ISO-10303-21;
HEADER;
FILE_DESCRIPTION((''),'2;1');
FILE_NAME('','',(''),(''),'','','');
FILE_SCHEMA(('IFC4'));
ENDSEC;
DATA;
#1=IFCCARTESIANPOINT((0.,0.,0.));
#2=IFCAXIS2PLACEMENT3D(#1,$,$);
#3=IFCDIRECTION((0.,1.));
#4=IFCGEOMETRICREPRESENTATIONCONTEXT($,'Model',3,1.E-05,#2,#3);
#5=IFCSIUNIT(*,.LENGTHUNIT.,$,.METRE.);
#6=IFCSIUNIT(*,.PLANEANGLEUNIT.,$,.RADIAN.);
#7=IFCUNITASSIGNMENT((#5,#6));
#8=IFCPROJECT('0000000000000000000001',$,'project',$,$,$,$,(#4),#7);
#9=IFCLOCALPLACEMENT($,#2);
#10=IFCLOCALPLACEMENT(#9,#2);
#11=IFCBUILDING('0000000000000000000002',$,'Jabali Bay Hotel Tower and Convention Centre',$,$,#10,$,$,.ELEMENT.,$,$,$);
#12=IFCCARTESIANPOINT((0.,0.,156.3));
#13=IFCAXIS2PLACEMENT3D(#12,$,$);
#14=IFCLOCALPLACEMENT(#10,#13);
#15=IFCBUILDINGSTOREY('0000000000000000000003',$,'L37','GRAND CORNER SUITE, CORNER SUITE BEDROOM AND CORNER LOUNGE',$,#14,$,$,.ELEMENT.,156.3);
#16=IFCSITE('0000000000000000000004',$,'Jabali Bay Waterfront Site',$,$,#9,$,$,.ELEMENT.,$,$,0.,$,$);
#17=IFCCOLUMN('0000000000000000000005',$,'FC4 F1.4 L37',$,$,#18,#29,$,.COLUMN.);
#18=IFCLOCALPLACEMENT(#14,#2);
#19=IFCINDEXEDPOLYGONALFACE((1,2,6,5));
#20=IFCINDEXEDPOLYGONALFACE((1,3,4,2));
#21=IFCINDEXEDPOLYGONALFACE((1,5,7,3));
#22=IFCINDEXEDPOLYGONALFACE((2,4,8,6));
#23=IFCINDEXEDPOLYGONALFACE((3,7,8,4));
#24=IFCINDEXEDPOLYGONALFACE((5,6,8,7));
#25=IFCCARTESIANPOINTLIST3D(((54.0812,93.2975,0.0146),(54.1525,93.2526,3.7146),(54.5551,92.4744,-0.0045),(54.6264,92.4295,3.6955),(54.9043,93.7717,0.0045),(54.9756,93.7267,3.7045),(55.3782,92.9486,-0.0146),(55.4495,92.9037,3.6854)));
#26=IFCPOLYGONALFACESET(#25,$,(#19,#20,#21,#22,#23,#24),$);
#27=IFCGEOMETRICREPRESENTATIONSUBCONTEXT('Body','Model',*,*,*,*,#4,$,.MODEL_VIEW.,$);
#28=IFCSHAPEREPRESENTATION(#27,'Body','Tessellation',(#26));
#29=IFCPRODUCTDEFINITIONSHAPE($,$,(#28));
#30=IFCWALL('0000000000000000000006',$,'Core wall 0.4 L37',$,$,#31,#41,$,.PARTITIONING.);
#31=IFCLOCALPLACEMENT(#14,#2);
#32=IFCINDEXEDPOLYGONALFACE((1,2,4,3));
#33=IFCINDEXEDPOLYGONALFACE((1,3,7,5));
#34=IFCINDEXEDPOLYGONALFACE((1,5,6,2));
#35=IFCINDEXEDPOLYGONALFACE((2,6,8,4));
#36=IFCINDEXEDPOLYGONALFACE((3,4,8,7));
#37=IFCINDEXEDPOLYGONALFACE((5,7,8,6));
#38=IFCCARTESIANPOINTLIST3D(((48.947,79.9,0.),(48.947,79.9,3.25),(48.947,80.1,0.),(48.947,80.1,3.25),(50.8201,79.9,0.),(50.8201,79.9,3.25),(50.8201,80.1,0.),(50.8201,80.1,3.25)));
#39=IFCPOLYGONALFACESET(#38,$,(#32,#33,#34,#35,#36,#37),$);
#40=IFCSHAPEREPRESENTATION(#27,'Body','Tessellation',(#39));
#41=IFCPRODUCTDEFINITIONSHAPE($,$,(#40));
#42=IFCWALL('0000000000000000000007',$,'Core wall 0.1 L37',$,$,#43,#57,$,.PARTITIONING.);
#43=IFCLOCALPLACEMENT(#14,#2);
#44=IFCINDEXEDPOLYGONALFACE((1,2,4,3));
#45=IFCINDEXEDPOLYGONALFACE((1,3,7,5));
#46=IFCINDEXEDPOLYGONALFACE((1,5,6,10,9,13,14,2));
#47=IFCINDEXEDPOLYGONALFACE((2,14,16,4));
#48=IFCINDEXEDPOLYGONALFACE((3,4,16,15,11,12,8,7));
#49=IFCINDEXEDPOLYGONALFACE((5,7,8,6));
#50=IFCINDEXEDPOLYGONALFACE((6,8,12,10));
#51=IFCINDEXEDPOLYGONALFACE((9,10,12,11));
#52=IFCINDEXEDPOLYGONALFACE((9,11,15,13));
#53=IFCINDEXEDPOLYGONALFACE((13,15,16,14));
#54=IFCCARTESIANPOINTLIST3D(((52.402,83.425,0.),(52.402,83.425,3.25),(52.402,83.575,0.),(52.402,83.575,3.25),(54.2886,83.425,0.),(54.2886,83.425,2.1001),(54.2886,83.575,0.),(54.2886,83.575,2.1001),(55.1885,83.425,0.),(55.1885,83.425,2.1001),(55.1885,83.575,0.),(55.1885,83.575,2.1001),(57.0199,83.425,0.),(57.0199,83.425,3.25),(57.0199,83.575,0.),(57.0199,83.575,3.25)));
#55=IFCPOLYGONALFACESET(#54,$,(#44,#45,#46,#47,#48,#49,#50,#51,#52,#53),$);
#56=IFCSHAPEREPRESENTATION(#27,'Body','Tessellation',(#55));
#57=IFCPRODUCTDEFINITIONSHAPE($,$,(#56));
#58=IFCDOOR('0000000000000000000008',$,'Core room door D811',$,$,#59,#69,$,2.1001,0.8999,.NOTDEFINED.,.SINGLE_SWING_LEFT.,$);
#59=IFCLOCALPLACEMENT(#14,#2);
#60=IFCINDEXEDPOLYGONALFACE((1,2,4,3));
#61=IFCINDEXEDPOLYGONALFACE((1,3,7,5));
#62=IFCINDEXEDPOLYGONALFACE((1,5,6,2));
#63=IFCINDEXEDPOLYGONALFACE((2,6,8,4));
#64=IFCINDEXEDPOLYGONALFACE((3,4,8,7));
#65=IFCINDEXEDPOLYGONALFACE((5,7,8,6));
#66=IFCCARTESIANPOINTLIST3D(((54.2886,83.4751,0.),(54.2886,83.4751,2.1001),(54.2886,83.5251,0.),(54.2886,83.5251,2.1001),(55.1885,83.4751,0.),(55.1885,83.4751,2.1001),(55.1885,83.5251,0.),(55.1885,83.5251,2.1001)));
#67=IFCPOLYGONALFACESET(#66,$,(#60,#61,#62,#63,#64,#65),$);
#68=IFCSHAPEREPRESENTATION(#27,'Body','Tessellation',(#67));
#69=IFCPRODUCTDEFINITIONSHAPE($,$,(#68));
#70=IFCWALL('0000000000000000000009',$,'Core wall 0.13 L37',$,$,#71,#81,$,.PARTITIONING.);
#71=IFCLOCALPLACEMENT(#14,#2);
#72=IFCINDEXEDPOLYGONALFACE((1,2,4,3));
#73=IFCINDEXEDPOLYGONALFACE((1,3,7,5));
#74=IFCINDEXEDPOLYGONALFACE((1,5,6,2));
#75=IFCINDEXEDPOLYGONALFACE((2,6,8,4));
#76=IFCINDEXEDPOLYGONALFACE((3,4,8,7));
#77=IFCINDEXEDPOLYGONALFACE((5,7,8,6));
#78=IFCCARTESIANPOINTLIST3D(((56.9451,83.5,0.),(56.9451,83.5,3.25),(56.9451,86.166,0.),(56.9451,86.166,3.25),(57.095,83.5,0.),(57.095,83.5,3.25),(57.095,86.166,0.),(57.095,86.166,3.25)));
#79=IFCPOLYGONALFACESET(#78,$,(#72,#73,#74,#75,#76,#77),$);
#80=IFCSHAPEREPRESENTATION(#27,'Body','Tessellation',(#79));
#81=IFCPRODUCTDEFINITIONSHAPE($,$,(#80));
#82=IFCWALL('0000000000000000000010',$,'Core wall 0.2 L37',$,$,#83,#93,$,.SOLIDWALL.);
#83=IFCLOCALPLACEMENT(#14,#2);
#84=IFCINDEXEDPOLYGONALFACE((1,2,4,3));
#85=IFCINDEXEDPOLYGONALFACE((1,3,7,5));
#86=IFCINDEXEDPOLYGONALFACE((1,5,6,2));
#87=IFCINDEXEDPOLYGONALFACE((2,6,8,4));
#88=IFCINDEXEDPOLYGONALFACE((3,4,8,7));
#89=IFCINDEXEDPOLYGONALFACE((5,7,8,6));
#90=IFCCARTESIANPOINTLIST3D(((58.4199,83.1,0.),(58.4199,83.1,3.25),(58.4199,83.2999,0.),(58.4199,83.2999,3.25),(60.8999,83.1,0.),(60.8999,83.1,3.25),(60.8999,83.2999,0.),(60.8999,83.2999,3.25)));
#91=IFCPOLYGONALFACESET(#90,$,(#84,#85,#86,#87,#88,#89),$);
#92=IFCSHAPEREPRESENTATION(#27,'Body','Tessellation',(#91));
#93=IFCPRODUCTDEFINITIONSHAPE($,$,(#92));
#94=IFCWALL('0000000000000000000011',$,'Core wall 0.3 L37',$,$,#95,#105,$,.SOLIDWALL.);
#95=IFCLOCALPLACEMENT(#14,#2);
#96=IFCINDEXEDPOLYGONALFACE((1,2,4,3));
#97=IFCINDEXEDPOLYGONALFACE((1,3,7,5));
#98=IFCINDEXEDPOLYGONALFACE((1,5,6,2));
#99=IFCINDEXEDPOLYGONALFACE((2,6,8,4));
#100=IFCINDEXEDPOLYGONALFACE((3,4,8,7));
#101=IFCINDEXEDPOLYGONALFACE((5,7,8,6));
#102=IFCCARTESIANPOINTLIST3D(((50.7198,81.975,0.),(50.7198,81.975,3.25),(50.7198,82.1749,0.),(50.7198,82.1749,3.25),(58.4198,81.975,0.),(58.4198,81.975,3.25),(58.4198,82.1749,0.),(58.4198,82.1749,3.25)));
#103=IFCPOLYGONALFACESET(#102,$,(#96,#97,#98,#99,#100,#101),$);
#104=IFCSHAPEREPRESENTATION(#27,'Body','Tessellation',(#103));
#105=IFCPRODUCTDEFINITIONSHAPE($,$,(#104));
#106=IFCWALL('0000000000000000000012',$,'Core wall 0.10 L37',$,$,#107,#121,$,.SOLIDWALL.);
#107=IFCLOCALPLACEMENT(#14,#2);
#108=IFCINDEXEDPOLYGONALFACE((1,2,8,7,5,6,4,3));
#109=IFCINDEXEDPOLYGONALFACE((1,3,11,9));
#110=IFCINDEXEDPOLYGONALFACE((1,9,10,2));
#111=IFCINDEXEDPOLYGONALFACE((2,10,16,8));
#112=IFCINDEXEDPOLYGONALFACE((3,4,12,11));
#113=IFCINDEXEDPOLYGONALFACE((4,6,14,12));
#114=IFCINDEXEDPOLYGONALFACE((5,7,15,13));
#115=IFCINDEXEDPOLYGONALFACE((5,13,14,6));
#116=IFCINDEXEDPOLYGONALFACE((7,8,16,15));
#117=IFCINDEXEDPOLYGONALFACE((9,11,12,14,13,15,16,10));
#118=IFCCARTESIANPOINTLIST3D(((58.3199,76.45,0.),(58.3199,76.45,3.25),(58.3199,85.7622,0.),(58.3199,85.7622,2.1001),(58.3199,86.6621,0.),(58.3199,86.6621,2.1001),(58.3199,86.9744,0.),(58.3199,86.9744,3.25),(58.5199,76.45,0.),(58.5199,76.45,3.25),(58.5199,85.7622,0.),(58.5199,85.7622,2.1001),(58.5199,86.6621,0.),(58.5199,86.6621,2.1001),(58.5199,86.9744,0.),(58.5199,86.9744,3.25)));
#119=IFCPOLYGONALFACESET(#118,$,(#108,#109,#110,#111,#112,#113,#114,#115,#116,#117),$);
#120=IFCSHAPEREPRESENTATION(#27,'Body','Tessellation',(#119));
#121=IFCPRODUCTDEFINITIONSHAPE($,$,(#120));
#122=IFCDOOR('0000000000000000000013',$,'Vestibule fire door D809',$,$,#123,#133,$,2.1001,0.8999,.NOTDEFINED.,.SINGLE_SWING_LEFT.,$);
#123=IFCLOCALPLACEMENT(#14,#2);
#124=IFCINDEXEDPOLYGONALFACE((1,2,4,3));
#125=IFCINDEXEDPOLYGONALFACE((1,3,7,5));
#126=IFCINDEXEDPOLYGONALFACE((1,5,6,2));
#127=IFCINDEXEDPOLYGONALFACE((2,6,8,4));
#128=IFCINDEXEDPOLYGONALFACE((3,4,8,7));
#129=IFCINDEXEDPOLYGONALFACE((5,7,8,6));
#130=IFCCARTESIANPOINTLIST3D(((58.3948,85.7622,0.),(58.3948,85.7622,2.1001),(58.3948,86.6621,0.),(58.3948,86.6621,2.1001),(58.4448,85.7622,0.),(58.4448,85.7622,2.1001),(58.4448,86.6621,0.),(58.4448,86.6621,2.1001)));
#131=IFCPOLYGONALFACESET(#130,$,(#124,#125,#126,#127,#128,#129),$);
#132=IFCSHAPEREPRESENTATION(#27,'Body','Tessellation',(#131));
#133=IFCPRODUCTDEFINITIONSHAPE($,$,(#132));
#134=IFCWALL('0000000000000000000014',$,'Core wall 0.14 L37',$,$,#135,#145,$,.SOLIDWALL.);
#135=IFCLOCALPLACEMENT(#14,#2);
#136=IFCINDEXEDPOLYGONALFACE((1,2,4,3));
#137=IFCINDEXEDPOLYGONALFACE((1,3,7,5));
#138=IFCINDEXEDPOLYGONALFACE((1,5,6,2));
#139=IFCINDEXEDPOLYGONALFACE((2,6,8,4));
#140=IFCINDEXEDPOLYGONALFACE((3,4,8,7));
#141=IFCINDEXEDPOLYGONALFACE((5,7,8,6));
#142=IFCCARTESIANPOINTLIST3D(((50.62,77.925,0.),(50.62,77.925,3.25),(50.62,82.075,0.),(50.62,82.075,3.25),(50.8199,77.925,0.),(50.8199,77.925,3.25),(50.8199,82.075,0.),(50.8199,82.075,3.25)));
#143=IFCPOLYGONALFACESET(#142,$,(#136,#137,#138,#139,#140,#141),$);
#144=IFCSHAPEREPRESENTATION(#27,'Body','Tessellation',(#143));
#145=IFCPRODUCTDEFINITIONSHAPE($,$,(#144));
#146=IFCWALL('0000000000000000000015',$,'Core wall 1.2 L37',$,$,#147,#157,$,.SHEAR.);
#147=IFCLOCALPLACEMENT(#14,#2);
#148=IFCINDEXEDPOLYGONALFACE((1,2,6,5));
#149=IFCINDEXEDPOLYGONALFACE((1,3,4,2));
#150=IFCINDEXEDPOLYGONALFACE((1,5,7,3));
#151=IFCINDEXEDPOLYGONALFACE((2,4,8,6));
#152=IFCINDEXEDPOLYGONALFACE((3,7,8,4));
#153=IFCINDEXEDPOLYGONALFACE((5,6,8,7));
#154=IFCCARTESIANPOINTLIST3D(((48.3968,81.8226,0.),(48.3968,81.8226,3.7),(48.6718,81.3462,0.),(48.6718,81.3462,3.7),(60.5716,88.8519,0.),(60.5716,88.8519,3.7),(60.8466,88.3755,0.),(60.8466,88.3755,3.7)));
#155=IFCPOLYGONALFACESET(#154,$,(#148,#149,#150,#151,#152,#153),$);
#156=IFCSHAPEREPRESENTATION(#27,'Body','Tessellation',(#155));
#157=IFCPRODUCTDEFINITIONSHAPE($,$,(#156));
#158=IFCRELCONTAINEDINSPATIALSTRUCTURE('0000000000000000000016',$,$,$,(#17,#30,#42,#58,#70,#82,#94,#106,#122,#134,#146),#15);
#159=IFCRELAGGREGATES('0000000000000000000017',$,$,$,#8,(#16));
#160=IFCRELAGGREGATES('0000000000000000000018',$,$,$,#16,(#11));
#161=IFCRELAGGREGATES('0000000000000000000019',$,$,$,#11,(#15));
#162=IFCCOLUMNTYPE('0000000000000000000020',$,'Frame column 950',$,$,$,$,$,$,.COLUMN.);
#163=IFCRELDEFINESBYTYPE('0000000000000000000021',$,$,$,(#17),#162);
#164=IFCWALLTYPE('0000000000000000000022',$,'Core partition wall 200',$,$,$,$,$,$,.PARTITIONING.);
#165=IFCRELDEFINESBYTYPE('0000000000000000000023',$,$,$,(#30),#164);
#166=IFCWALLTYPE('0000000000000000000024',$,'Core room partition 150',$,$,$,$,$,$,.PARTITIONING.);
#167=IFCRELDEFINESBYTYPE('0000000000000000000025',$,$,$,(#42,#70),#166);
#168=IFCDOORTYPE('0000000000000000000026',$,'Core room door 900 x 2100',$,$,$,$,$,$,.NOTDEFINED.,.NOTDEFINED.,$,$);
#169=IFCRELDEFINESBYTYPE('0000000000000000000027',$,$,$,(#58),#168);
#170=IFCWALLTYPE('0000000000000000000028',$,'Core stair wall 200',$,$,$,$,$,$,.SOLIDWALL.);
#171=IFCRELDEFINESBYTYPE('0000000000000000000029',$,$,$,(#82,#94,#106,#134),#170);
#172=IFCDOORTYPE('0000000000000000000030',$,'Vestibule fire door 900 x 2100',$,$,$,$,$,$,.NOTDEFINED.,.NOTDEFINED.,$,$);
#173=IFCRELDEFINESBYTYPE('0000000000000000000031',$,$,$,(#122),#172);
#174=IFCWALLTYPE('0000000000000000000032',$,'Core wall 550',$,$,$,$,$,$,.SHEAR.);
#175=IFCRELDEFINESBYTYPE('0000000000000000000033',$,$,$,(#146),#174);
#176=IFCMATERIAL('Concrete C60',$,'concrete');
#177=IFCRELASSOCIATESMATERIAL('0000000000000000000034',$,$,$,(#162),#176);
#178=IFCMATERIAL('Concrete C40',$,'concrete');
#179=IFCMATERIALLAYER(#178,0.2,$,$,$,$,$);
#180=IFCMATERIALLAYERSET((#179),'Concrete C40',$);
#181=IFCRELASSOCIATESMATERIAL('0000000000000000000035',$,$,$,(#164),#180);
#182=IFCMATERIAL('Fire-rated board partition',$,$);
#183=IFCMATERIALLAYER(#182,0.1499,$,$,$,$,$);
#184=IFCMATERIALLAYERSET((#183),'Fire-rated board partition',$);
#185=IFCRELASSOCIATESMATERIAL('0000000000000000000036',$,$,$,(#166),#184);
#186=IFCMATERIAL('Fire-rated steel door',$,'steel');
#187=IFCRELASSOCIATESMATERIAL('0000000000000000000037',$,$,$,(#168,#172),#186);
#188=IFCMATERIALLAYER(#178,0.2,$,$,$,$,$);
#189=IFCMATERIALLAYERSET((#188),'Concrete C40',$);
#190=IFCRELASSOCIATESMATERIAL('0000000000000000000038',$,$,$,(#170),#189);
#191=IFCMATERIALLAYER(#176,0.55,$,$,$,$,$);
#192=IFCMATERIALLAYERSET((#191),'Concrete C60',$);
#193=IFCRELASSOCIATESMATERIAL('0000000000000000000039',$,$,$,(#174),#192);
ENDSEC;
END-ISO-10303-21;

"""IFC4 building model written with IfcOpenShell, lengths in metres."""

from ifc_helpers import new_model, si_unit, direction, frame, frame_2d, origin, origin_2d, place, context, subcontext, project, spatial, rectangle, extrude, material, layer, layer_set, material_profile, profile_set, type_object, element, fill, save


model = new_model("IFC4")

# Units and contexts
model_context = context("Model", 3, precision=1e-05, world=origin(), true_north=direction((0.0, 1.0)))
body_context = subcontext(model_context, "Body", "Model", "MODEL_VIEW")
ifc_project = project(units=[si_unit("LENGTHUNIT", "METRE"), si_unit("PLANEANGLEUNIT", "RADIAN")], contexts=[model_context])

# Site, building, storey
site_placement = place(None, origin())
site = spatial("IfcSite", under=ifc_project, at=site_placement, Name="Jabali Bay Waterfront Site", CompositionType="ELEMENT", RefElevation=0.0)
building_placement = place(site_placement, origin())
building = spatial("IfcBuilding", under=site, at=building_placement, Name="Jabali Bay Hotel Tower and Convention Centre", CompositionType="ELEMENT")
storey_placement = place(building_placement, frame((0.0, 0.0, 156.3)))
storey = spatial("IfcBuildingStorey", under=building, at=storey_placement, Name="L37", Description="GRAND CORNER SUITE, CORNER SUITE BEDROOM AND CORNER LOUNGE", CompositionType="ELEMENT", Elevation=156.3)

# Column
ifc_material_1 = material(Name="Concrete C60", Category="concrete")
ifc_material_profile = material_profile(ifc_material_1, rectangle(XDim=0.95, YDim=0.95, at=origin_2d()), Name="Frame column 950")
ifc_profile_set = profile_set([ifc_material_profile], Name="Concrete C60")
column_type = type_object("IfcColumnType", Name="Frame column 950", PredefinedType="COLUMN", material=ifc_profile_set)
column_placement = place(storey_placement, frame((54.7297, 93.123, 0.0), z_axis=(0.019263, -0.012138, 0.999741), x_axis=(-0.498867, 0.866445, 0.020132)))
element("IfcColumn", 1, at=column_placement, inside=storey, type_object=column_type, Name="FC4 F1.4 L37", PredefinedType="COLUMN", context=body_context, shape_type="SweptSolid", body=[
    extrude(rectangle(XDim=0.95, YDim=0.95, at=origin_2d()), origin(), (0.0, 0.0, 1.0), 3.7009),
])

# Wall
ifc_material_2 = material(Name="Concrete C40", Category="concrete")
ifc_layer_1 = layer(ifc_material_2, 0.2)
ifc_layer_set_1 = layer_set([ifc_layer_1], Name="Concrete C40")
wall_type_1 = type_object("IfcWallType", Name="Core partition wall 200", PredefinedType="PARTITIONING", material=ifc_layer_set_1)
wall_1_placement = place(storey_placement, frame((50.8201, 80.0, 0.0), z_axis=(0.0, 0.0, 1.0), x_axis=(-1.0, 0.0, 0.0)))
element("IfcWall", 2, at=wall_1_placement, inside=storey, type_object=wall_type_1, Name="Core wall 0.4 L37", PredefinedType="PARTITIONING", context=body_context, shape_type="SweptSolid", body=[
    extrude(rectangle(XDim=1.873, YDim=0.2, at=frame_2d((0.9365, 0.0))), origin(), (0.0, 0.0, 1.0), 3.25),
])

# Wall, opening, door
ifc_material_3 = material(Name="Fire-rated board partition")
ifc_layer_2 = layer(ifc_material_3, 0.1499)
ifc_layer_set_2 = layer_set([ifc_layer_2], Name="Fire-rated board partition")
wall_type_2 = type_object("IfcWallType", Name="Core room partition 150", PredefinedType="PARTITIONING", material=ifc_layer_set_2)
wall_2_placement = place(storey_placement, frame((57.02, 83.5, 0.0), z_axis=(0.0, 0.0, 1.0), x_axis=(-1.0, 0.0, 0.0)))
wall_2 = element("IfcWall", 3, at=wall_2_placement, inside=storey, type_object=wall_type_2, Name="Core wall 0.1 L37", PredefinedType="PARTITIONING", context=body_context, shape_type="SweptSolid", body=[
    extrude(rectangle(XDim=4.6179, YDim=0.1499, at=frame_2d((2.3091, 0.0))), origin(), (0.0, 0.0, 1.0), 3.25),
])
opening_1_placement = place(wall_2_placement, frame((1.8315, 0.0, 0.0)))
opening_1 = element("IfcOpeningElement", 4, at=opening_1_placement, cuts=wall_2, PredefinedType="OPENING", context=body_context, shape_type="SweptSolid", body=[
    extrude(rectangle(XDim=0.8999, YDim=2.1001, at=frame_2d((0.45, 1.05))), frame((0.0, 0.0854, 0.0), z_axis=(0.0, -1.0, 0.0), x_axis=(1.0, 0.0, 0.0)), (0.0, 0.0, 1.0), 0.1709),
])
ifc_material_4 = material(Name="Fire-rated steel door", Category="steel")
door_type_1 = type_object("IfcDoorType", Name="Core room door 900 x 2100", OperationType="NOTDEFINED", PredefinedType="NOTDEFINED", material=ifc_material_4)
door_1_placement = place(opening_1_placement, origin())
door_1 = element("IfcDoor", 5, at=door_1_placement, inside=storey, type_object=door_type_1, Name="Core room door D811", OperationType="SINGLE_SWING_LEFT", OverallHeight=2.1001, OverallWidth=0.8999, PredefinedType="NOTDEFINED", context=body_context, shape_type="SweptSolid", body=[
    extrude(rectangle(XDim=0.8999, YDim=2.1001, at=frame_2d((0.45, 1.05))), frame((0.0, 0.0249, 0.0), z_axis=(0.0, -1.0, 0.0), x_axis=(1.0, 0.0, 0.0)), (0.0, 0.0, 1.0), 0.05),
])
fill(opening_1, door_1)

# Walls
wall_3_placement = place(storey_placement, frame((57.02, 86.166, 0.0), z_axis=(0.0, 0.0, 1.0), x_axis=(0.0, -1.0, 0.0)))
element("IfcWall", 6, at=wall_3_placement, inside=storey, type_object=wall_type_2, Name="Core wall 0.13 L37", PredefinedType="PARTITIONING", context=body_context, shape_type="SweptSolid", body=[
    extrude(rectangle(XDim=2.666, YDim=0.1499, at=frame_2d((1.333, 0.0))), origin(), (0.0, 0.0, 1.0), 3.25),
])
ifc_layer_3 = layer(ifc_material_2, 0.2)
ifc_layer_set_3 = layer_set([ifc_layer_3], Name="Concrete C40")
wall_type_3 = type_object("IfcWallType", Name="Core stair wall 200", PredefinedType="SOLIDWALL", material=ifc_layer_set_3)
wall_4_placement = place(storey_placement, frame((60.8999, 83.2, 0.0), z_axis=(0.0, 0.0, 1.0), x_axis=(-1.0, 0.0, 0.0)))
element("IfcWall", 7, at=wall_4_placement, inside=storey, type_object=wall_type_3, Name="Core wall 0.2 L37", PredefinedType="SOLIDWALL", context=body_context, shape_type="SweptSolid", body=[
    extrude(rectangle(XDim=2.48, YDim=0.2, at=frame_2d((1.24, 0.0))), origin(), (0.0, 0.0, 1.0), 3.25),
])
wall_5_placement = place(storey_placement, frame((58.4199, 82.075, 0.0), z_axis=(0.0, 0.0, 1.0), x_axis=(-1.0, 0.0, 0.0)))
element("IfcWall", 8, at=wall_5_placement, inside=storey, type_object=wall_type_3, Name="Core wall 0.3 L37", PredefinedType="SOLIDWALL", context=body_context, shape_type="SweptSolid", body=[
    extrude(rectangle(XDim=7.7, YDim=0.2, at=frame_2d((3.8501, 0.0))), origin(), (0.0, 0.0, 1.0), 3.25),
])

# Wall, opening, door
wall_6_placement = place(storey_placement, frame((58.4199, 86.9744, 0.0), z_axis=(0.0, 0.0, 1.0), x_axis=(0.0, -1.0, 0.0)))
wall_6 = element("IfcWall", 9, at=wall_6_placement, inside=storey, type_object=wall_type_3, Name="Core wall 0.10 L37", PredefinedType="SOLIDWALL", context=body_context, shape_type="SweptSolid", body=[
    extrude(rectangle(XDim=10.5244, YDim=0.2, at=frame_2d((5.2622, 0.0))), origin(), (0.0, 0.0, 1.0), 3.25),
])
opening_2_placement = place(wall_6_placement, frame((0.3123, 0.0, 0.0)))
opening_2 = element("IfcOpeningElement", 10, at=opening_2_placement, cuts=wall_6, PredefinedType="OPENING", context=body_context, shape_type="SweptSolid", body=[
    extrude(rectangle(XDim=0.8999, YDim=2.1001, at=frame_2d((0.45, 1.05))), frame((0.0, 0.1104, 0.0), z_axis=(0.0, -1.0, 0.0), x_axis=(1.0, 0.0, 0.0)), (0.0, 0.0, 1.0), 0.2209),
])
door_type_2 = type_object("IfcDoorType", Name="Vestibule fire door 900 x 2100", OperationType="NOTDEFINED", PredefinedType="NOTDEFINED", material=ifc_material_4)
door_2_placement = place(opening_2_placement, origin())
door_2 = element("IfcDoor", 11, at=door_2_placement, inside=storey, type_object=door_type_2, Name="Vestibule fire door D809", OperationType="SINGLE_SWING_LEFT", OverallHeight=2.1001, OverallWidth=0.8999, PredefinedType="NOTDEFINED", context=body_context, shape_type="SweptSolid", body=[
    extrude(rectangle(XDim=0.8999, YDim=2.1001, at=frame_2d((0.45, 1.05))), frame((0.0, 0.0249, 0.0), z_axis=(0.0, -1.0, 0.0), x_axis=(1.0, 0.0, 0.0)), (0.0, 0.0, 1.0), 0.05),
])
fill(opening_2, door_2)

# Walls
wall_7_placement = place(storey_placement, frame((50.72, 82.075, 0.0), z_axis=(0.0, 0.0, 1.0), x_axis=(0.0, -1.0, 0.0)))
element("IfcWall", 12, at=wall_7_placement, inside=storey, type_object=wall_type_3, Name="Core wall 0.14 L37", PredefinedType="SOLIDWALL", context=body_context, shape_type="SweptSolid", body=[
    extrude(rectangle(XDim=4.1499, YDim=0.2, at=frame_2d((2.075, 0.0))), origin(), (0.0, 0.0, 1.0), 3.25),
])
ifc_layer_4 = layer(ifc_material_1, 0.55)
ifc_layer_set_4 = layer_set([ifc_layer_4], Name="Concrete C60")
wall_type_4 = type_object("IfcWallType", Name="Core wall 550", PredefinedType="SHEAR", material=ifc_layer_set_4)
wall_8_placement = place(storey_placement, frame((60.7092, 88.6138, 0.0), z_axis=(0.0, 0.0, 1.0), x_axis=(-0.86602, -0.500009, 0.0)))
element("IfcWall", 13, at=wall_8_placement, inside=storey, type_object=wall_type_4, Name="Core wall 1.2 L37", PredefinedType="SHEAR", context=body_context, shape_type="SweptSolid", body=[
    extrude(rectangle(XDim=14.0583, YDim=0.55, at=frame_2d((7.0293, 0.0))), origin(), (0.0, 0.0, 1.0), 3.7),
])

save(model, "model.ifc")
